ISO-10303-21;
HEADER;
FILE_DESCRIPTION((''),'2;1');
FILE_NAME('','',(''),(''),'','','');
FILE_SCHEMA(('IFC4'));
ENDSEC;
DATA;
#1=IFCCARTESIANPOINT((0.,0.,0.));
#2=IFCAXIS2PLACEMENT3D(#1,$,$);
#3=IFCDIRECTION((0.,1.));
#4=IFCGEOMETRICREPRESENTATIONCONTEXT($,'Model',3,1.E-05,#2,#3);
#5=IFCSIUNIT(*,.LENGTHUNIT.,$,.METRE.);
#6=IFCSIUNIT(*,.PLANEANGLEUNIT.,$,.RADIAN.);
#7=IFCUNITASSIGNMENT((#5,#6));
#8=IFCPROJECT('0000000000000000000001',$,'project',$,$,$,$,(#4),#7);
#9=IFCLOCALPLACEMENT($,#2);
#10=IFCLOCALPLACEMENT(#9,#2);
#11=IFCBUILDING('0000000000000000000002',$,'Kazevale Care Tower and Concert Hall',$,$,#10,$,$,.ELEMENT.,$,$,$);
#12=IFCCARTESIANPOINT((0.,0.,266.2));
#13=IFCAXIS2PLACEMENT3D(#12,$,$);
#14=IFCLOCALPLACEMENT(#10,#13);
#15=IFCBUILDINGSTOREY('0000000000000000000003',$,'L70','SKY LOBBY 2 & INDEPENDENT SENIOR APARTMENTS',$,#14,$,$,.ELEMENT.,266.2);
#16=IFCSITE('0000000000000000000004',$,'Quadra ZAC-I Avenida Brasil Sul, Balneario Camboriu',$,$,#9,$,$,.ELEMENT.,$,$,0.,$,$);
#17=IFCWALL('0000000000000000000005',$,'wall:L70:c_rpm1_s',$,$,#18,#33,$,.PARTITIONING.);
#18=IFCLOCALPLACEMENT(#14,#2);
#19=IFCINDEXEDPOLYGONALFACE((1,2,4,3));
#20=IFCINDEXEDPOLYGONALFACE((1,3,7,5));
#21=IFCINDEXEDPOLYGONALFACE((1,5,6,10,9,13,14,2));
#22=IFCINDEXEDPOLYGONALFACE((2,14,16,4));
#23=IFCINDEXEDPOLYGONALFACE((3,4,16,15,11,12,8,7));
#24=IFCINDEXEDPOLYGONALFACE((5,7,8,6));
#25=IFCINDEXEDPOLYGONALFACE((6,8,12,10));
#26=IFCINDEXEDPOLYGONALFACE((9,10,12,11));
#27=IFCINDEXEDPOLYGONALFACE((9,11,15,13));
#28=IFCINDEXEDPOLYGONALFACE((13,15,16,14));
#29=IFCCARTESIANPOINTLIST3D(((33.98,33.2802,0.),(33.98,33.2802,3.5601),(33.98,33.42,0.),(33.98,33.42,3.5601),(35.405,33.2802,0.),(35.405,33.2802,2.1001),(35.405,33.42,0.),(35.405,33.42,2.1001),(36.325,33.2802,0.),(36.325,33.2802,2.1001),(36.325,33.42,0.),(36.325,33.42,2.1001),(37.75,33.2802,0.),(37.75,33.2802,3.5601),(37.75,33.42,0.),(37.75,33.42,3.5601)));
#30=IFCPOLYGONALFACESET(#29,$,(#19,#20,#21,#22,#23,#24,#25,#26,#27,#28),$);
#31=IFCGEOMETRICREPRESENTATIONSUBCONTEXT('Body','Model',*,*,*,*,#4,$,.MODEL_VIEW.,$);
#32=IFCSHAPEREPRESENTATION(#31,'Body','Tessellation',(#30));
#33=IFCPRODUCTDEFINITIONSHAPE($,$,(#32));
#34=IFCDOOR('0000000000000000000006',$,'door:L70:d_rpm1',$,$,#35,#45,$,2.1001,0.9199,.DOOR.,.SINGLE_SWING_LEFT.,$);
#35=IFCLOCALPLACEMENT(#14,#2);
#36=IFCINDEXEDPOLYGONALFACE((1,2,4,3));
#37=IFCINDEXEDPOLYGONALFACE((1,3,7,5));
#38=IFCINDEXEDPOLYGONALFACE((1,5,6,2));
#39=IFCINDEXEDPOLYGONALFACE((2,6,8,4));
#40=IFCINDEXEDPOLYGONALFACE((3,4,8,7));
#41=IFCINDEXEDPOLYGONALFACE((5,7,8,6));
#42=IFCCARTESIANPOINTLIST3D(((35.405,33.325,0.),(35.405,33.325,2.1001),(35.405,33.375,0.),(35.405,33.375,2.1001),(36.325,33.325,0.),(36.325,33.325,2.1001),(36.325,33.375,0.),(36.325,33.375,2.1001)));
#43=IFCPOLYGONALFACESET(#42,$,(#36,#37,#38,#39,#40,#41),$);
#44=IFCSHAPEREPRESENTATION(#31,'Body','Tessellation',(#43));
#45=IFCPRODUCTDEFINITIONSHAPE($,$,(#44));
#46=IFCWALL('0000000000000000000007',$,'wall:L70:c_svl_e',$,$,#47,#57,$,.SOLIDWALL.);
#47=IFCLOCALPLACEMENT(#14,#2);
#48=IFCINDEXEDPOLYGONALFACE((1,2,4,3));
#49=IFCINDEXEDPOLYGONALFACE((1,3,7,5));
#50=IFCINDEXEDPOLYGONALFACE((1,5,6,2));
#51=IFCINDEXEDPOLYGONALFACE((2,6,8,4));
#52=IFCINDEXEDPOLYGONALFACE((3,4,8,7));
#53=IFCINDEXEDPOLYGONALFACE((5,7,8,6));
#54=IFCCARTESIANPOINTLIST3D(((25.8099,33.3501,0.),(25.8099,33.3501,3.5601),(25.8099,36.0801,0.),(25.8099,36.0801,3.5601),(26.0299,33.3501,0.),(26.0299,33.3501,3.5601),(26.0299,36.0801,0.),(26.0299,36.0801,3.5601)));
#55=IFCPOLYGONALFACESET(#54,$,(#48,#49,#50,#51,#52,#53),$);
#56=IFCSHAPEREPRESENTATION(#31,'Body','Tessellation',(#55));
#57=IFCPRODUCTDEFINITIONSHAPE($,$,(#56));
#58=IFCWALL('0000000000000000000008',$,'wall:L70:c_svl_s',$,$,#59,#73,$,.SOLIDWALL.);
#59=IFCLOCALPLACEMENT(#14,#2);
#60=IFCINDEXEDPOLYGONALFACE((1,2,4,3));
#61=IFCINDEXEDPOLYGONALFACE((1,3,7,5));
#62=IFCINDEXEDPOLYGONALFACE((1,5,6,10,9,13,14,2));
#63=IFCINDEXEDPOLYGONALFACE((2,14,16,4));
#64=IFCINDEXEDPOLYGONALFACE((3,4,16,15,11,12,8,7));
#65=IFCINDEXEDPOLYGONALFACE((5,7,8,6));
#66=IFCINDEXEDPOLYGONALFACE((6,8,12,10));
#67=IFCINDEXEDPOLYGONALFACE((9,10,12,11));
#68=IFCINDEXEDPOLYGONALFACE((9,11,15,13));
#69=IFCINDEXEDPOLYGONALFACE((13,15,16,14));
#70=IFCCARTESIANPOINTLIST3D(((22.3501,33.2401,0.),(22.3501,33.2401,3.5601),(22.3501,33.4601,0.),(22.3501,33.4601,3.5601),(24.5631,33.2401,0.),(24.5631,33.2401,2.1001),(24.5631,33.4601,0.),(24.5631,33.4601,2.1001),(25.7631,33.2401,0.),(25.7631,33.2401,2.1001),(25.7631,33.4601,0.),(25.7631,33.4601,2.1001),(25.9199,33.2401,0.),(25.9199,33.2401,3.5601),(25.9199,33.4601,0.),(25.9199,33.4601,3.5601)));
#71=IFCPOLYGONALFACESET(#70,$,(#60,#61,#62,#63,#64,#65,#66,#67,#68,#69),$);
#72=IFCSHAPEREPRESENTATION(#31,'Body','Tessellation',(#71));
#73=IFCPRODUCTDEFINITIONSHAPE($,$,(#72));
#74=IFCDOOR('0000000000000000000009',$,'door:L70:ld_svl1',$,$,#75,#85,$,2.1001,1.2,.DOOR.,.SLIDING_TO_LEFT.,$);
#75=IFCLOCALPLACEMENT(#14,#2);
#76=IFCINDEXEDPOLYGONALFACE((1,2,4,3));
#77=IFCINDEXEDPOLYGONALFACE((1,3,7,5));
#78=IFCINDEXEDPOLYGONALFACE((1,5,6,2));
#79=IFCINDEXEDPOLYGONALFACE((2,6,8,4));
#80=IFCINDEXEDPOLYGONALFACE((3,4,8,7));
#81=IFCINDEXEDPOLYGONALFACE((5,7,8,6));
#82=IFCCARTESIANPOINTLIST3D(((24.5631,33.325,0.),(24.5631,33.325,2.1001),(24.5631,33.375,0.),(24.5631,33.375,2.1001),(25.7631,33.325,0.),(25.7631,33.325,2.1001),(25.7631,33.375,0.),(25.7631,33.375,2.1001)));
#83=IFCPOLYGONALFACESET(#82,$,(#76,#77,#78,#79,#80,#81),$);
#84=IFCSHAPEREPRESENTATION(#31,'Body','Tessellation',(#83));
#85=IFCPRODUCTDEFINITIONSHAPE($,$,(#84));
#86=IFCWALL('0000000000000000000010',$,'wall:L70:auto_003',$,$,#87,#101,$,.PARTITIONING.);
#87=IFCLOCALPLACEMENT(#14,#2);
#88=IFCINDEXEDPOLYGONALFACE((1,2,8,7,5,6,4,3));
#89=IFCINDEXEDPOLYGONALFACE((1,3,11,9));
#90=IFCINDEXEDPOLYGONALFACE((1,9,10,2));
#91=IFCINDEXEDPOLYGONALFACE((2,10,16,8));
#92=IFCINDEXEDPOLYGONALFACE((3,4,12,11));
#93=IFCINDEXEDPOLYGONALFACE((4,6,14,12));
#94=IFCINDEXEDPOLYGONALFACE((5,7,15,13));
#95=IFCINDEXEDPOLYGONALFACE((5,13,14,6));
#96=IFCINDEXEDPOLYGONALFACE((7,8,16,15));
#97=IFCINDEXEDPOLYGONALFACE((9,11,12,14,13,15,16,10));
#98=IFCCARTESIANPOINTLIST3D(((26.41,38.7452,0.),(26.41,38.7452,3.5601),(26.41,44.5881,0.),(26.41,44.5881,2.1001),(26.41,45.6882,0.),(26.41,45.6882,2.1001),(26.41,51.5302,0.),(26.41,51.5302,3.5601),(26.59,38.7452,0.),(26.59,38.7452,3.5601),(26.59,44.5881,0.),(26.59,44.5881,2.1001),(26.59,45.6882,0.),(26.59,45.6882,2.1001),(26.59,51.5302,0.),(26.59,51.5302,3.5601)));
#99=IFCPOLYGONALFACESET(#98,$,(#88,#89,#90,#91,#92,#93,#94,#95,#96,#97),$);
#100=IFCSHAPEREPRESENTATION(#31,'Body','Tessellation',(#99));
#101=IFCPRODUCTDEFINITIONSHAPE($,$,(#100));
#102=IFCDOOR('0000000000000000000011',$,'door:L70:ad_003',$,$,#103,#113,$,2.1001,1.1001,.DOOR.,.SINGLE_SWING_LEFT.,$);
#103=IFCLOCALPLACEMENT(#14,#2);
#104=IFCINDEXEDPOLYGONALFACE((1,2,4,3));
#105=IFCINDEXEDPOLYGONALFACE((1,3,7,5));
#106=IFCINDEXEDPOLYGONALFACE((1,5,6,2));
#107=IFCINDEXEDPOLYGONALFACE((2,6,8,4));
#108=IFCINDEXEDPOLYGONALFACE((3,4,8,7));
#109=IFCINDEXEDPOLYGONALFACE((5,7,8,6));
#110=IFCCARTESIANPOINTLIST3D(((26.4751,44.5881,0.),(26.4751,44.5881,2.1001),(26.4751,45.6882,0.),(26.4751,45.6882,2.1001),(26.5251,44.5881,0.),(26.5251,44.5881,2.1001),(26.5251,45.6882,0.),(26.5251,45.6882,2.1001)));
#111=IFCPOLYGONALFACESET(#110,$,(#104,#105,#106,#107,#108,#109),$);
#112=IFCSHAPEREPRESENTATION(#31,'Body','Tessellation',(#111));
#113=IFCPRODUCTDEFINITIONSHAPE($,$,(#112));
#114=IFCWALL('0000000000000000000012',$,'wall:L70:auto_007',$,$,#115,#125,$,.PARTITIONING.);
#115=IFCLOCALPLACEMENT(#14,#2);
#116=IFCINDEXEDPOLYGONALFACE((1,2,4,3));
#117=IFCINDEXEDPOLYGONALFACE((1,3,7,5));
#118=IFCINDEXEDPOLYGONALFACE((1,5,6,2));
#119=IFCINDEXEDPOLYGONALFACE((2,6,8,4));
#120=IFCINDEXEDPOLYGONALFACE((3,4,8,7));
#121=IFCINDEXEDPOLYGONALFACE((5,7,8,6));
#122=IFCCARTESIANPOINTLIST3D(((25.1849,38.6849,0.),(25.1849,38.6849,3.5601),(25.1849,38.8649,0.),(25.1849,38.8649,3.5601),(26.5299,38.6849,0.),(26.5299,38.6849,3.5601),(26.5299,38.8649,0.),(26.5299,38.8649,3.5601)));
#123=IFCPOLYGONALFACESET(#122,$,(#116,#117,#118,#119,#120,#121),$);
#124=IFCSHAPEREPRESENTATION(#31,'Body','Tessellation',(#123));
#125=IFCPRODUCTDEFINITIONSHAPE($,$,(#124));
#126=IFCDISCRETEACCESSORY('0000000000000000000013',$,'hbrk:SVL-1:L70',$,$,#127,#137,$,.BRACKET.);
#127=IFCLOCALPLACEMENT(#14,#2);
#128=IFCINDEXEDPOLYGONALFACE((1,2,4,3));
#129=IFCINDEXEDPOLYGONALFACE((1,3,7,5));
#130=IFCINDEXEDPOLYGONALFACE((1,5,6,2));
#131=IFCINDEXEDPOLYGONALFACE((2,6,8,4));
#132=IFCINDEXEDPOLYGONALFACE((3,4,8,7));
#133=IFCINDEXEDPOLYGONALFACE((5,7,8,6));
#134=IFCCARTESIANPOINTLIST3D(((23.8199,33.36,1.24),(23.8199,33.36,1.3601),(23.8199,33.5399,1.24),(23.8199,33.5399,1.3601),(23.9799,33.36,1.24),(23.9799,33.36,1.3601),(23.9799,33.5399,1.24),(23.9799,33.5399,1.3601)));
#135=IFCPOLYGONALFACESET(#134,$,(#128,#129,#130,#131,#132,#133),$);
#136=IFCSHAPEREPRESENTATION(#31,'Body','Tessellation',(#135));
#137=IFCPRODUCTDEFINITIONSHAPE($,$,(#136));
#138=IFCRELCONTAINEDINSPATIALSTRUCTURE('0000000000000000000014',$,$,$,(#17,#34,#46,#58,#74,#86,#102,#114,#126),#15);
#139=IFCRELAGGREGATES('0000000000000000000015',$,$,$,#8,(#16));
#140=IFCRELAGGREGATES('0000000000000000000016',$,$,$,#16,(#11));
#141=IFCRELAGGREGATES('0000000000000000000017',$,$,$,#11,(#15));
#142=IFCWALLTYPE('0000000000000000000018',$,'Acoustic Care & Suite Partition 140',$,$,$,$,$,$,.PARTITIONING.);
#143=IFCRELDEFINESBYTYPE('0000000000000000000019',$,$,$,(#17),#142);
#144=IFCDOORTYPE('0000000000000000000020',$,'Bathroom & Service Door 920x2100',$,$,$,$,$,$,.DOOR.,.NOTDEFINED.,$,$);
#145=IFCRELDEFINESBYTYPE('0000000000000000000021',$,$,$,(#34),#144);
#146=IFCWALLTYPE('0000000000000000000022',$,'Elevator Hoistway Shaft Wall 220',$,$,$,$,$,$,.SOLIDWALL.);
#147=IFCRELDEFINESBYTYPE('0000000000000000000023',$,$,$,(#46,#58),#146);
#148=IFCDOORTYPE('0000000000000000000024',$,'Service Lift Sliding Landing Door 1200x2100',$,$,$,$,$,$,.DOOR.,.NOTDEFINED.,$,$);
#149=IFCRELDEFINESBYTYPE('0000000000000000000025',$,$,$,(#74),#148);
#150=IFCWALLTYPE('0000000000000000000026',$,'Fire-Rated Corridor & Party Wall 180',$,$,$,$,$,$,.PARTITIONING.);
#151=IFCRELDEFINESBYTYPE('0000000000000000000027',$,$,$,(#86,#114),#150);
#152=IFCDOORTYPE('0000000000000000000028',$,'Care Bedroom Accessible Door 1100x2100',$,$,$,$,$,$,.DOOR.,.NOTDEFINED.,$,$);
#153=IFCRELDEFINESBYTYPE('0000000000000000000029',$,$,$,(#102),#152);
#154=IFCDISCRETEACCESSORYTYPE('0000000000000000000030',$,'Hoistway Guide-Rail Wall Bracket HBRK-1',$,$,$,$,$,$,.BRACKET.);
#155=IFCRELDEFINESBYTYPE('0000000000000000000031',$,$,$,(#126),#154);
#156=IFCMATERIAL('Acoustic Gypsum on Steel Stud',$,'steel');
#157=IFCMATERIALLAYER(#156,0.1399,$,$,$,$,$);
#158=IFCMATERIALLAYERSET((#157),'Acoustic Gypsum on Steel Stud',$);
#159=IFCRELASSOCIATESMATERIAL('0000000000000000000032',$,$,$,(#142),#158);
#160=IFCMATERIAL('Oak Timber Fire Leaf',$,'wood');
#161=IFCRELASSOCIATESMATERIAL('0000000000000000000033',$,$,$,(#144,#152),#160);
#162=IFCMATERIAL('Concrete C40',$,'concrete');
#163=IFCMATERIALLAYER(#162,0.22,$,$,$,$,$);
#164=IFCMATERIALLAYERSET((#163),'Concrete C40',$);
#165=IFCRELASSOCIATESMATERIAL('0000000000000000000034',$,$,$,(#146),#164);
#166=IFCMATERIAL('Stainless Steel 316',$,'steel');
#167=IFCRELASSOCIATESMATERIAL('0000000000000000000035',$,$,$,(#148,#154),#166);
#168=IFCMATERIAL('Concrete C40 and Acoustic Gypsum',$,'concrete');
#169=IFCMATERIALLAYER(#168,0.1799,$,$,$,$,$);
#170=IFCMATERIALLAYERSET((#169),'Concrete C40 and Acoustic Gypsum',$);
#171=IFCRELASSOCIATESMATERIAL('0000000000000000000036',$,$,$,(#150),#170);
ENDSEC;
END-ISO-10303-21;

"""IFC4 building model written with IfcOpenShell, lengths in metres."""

from ifc_helpers import new_model, si_unit, direction, frame, frame_2d, origin, origin_2d, place, context, subcontext, project, spatial, rectangle, extrude, material, layer, layer_set, type_object, element, fill, save


model = new_model("IFC4")

# Units and contexts
model_context = context("Model", 3, precision=1e-05, world=origin(), true_north=direction((0.0, 1.0)))
body_context = subcontext(model_context, "Body", "Model", "MODEL_VIEW")
ifc_project = project(units=[si_unit("LENGTHUNIT", "METRE"), si_unit("PLANEANGLEUNIT", "RADIAN")], contexts=[model_context])

# Site, building, storey
site_placement = place(None, origin())
site = spatial("IfcSite", under=ifc_project, at=site_placement, Name="Quadra ZAC-I Avenida Brasil Sul, Balneario Camboriu", CompositionType="ELEMENT", RefElevation=0.0)
building_placement = place(site_placement, origin())
building = spatial("IfcBuilding", under=site, at=building_placement, Name="Kazevale Care Tower and Concert Hall", CompositionType="ELEMENT")
storey_placement = place(building_placement, frame((0.0, 0.0, 266.2)))
storey = spatial("IfcBuildingStorey", under=building, at=storey_placement, Name="L70", Description="SKY LOBBY 2 & INDEPENDENT SENIOR APARTMENTS", CompositionType="ELEMENT", Elevation=266.2)

# Shared definitions
ifc_material_1 = material(Name="Acoustic Gypsum on Steel Stud", Category="steel")
ifc_layer_1 = layer(ifc_material_1, 0.1399)
ifc_layer_set_1 = layer_set([ifc_layer_1], Name="Acoustic Gypsum on Steel Stud")
wall_type_1 = type_object("IfcWallType", Name="Acoustic Care & Suite Partition 140", PredefinedType="PARTITIONING", material=ifc_layer_set_1)
ifc_material_2 = material(Name="Oak Timber Fire Leaf", Category="wood")
door_type_1 = type_object("IfcDoorType", Name="Bathroom & Service Door 920x2100", OperationType="NOTDEFINED", PredefinedType="DOOR", material=ifc_material_2)

# Wall, opening, door
wall_1_placement = place(storey_placement, frame((33.98, 33.3501, 0.0), z_axis=(0.0, 0.0, 1.0), x_axis=(1.0, 0.0, 0.0)))
wall_1 = element("IfcWall", 1, at=wall_1_placement, inside=storey, type_object=wall_type_1, Name="wall:L70:c_rpm1_s", PredefinedType="PARTITIONING", context=body_context, shape_type="SweptSolid", body=[
    extrude(rectangle(XDim=3.77, YDim=0.1399, at=frame_2d((1.885, 0.0))), origin(), (0.0, 0.0, 1.0), 3.5601),
])
opening_1_placement = place(wall_1_placement, frame((1.425, 0.0, 0.0)))
opening_1 = element("IfcOpeningElement", 2, at=opening_1_placement, cuts=wall_1, PredefinedType="OPENING", context=body_context, shape_type="SweptSolid", body=[
    extrude(rectangle(XDim=0.9199, YDim=2.1001, at=frame_2d((0.46, 1.05))), frame((0.0, 0.0798, 0.0), z_axis=(0.0, -1.0, 0.0), x_axis=(1.0, 0.0, 0.0)), (0.0, 0.0, 1.0), 0.1599),
])
door_1_placement = place(opening_1_placement, origin())
door_1 = element("IfcDoor", 3, at=door_1_placement, inside=storey, type_object=door_type_1, Name="door:L70:d_rpm1", OperationType="SINGLE_SWING_LEFT", OverallHeight=2.1001, OverallWidth=0.9199, PredefinedType="DOOR", context=body_context, shape_type="SweptSolid", body=[
    extrude(rectangle(XDim=0.9199, YDim=2.1001, at=frame_2d((0.46, 1.05))), frame((0.0, 0.0249, 0.0), z_axis=(0.0, -1.0, 0.0), x_axis=(1.0, 0.0, 0.0)), (0.0, 0.0, 1.0), 0.05),
])
fill(opening_1, door_1)

# Wall
ifc_material_3 = material(Name="Concrete C40", Category="concrete")
ifc_layer_2 = layer(ifc_material_3, 0.22)
ifc_layer_set_2 = layer_set([ifc_layer_2], Name="Concrete C40")
wall_type_2 = type_object("IfcWallType", Name="Elevator Hoistway Shaft Wall 220", PredefinedType="SOLIDWALL", material=ifc_layer_set_2)
wall_2_placement = place(storey_placement, frame((25.9199, 33.3501, 0.0), z_axis=(0.0, 0.0, 1.0), x_axis=(0.0, 1.0, 0.0)))
element("IfcWall", 4, at=wall_2_placement, inside=storey, type_object=wall_type_2, Name="wall:L70:c_svl_e", PredefinedType="SOLIDWALL", context=body_context, shape_type="SweptSolid", body=[
    extrude(rectangle(XDim=2.73, YDim=0.22, at=frame_2d((1.365, 0.0))), origin(), (0.0, 0.0, 1.0), 3.5601),
])

# Walls, openings, doors
wall_3_placement = place(storey_placement, frame((22.3501, 33.3501, 0.0), z_axis=(0.0, 0.0, 1.0), x_axis=(1.0, 0.0, 0.0)))
wall_3 = element("IfcWall", 5, at=wall_3_placement, inside=storey, type_object=wall_type_2, Name="wall:L70:c_svl_s", PredefinedType="SOLIDWALL", context=body_context, shape_type="SweptSolid", body=[
    extrude(rectangle(XDim=3.5698, YDim=0.22, at=frame_2d((1.7849, 0.0))), origin(), (0.0, 0.0, 1.0), 3.5601),
])
opening_2_placement = place(wall_3_placement, frame((2.2129, 0.0, 0.0)))
opening_2 = element("IfcOpeningElement", 6, at=opening_2_placement, cuts=wall_3, PredefinedType="OPENING", context=body_context, shape_type="SweptSolid", body=[
    extrude(rectangle(XDim=1.2, YDim=2.1001, at=frame_2d((0.6001, 1.05))), frame((0.0, 0.1199, 0.0), z_axis=(0.0, -1.0, 0.0), x_axis=(1.0, 0.0, 0.0)), (0.0, 0.0, 1.0), 0.24),
])
ifc_material_4 = material(Name="Stainless Steel 316", Category="steel")
door_type_2 = type_object("IfcDoorType", Name="Service Lift Sliding Landing Door 1200x2100", OperationType="NOTDEFINED", PredefinedType="DOOR", material=ifc_material_4)
door_2_placement = place(opening_2_placement, origin())
door_2 = element("IfcDoor", 7, at=door_2_placement, inside=storey, type_object=door_type_2, Name="door:L70:ld_svl1", OperationType="SLIDING_TO_LEFT", OverallHeight=2.1001, OverallWidth=1.2, PredefinedType="DOOR", context=body_context, shape_type="SweptSolid", body=[
    extrude(rectangle(XDim=1.2, YDim=2.1001, at=frame_2d((0.6001, 1.05))), frame((0.0, 0.0249, 0.0), z_axis=(0.0, -1.0, 0.0), x_axis=(1.0, 0.0, 0.0)), (0.0, 0.0, 1.0), 0.05),
])
fill(opening_2, door_2)
ifc_material_5 = material(Name="Concrete C40 and Acoustic Gypsum", Category="concrete")
ifc_layer_3 = layer(ifc_material_5, 0.1799)
ifc_layer_set_3 = layer_set([ifc_layer_3], Name="Concrete C40 and Acoustic Gypsum")
wall_type_3 = type_object("IfcWallType", Name="Fire-Rated Corridor & Party Wall 180", PredefinedType="PARTITIONING", material=ifc_layer_set_3)
wall_4_placement = place(storey_placement, frame((26.5, 38.7451, 0.0), z_axis=(0.0, 0.0, 1.0), x_axis=(0.0, 1.0, 0.0)))
wall_4 = element("IfcWall", 8, at=wall_4_placement, inside=storey, type_object=wall_type_3, Name="wall:L70:auto_003", PredefinedType="PARTITIONING", context=body_context, shape_type="SweptSolid", body=[
    extrude(rectangle(XDim=12.7849, YDim=0.1799, at=frame_2d((6.3926, 0.0))), origin(), (0.0, 0.0, 1.0), 3.5601),
])
opening_3_placement = place(wall_4_placement, frame((5.843, 0.0, 0.0)))
opening_3 = element("IfcOpeningElement", 9, at=opening_3_placement, cuts=wall_4, PredefinedType="OPENING", context=body_context, shape_type="SweptSolid", body=[
    extrude(rectangle(XDim=1.1001, YDim=2.1001, at=frame_2d((0.55, 1.05))), frame((0.0, 0.0999, 0.0), z_axis=(0.0, -1.0, 0.0), x_axis=(1.0, 0.0, 0.0)), (0.0, 0.0, 1.0), 0.2),
])
door_type_3 = type_object("IfcDoorType", Name="Care Bedroom Accessible Door 1100x2100", OperationType="NOTDEFINED", PredefinedType="DOOR", material=ifc_material_2)
door_3_placement = place(opening_3_placement, origin())
door_3 = element("IfcDoor", 10, at=door_3_placement, inside=storey, type_object=door_type_3, Name="door:L70:ad_003", OperationType="SINGLE_SWING_LEFT", OverallHeight=2.1001, OverallWidth=1.1001, PredefinedType="DOOR", context=body_context, shape_type="SweptSolid", body=[
    extrude(rectangle(XDim=1.1001, YDim=2.1001, at=frame_2d((0.55, 1.05))), frame((0.0, 0.0249, 0.0), z_axis=(0.0, -1.0, 0.0), x_axis=(1.0, 0.0, 0.0)), (0.0, 0.0, 1.0), 0.05),
])
fill(opening_3, door_3)

# Wall
wall_5_placement = place(storey_placement, frame((25.1851, 38.7749, 0.0), z_axis=(0.0, 0.0, 1.0), x_axis=(1.0, 0.0, 0.0)))
element("IfcWall", 11, at=wall_5_placement, inside=storey, type_object=wall_type_3, Name="wall:L70:auto_007", PredefinedType="PARTITIONING", context=body_context, shape_type="SweptSolid", body=[
    extrude(rectangle(XDim=1.345, YDim=0.1799, at=frame_2d((0.6724, 0.0))), origin(), (0.0, 0.0, 1.0), 3.5601),
])

# Discrete accessory
discrete_accessory_type = type_object("IfcDiscreteAccessoryType", Name="Hoistway Guide-Rail Wall Bracket HBRK-1", PredefinedType="BRACKET", material=ifc_material_4)
discrete_accessory_placement = place(storey_placement, frame((23.8999, 33.45, 1.24), z_axis=(0.0, 0.0, 1.0), x_axis=(1.0, 0.0, 0.0)))
element("IfcDiscreteAccessory", 12, at=discrete_accessory_placement, inside=storey, type_object=discrete_accessory_type, Name="hbrk:SVL-1:L70", PredefinedType="BRACKET", context=body_context, shape_type="SweptSolid", body=[
    extrude(rectangle(XDim=0.1599, YDim=0.1799, at=origin_2d()), origin(), (0.0, 0.0, 1.0), 0.1201),
])

save(model, "model.ifc")
